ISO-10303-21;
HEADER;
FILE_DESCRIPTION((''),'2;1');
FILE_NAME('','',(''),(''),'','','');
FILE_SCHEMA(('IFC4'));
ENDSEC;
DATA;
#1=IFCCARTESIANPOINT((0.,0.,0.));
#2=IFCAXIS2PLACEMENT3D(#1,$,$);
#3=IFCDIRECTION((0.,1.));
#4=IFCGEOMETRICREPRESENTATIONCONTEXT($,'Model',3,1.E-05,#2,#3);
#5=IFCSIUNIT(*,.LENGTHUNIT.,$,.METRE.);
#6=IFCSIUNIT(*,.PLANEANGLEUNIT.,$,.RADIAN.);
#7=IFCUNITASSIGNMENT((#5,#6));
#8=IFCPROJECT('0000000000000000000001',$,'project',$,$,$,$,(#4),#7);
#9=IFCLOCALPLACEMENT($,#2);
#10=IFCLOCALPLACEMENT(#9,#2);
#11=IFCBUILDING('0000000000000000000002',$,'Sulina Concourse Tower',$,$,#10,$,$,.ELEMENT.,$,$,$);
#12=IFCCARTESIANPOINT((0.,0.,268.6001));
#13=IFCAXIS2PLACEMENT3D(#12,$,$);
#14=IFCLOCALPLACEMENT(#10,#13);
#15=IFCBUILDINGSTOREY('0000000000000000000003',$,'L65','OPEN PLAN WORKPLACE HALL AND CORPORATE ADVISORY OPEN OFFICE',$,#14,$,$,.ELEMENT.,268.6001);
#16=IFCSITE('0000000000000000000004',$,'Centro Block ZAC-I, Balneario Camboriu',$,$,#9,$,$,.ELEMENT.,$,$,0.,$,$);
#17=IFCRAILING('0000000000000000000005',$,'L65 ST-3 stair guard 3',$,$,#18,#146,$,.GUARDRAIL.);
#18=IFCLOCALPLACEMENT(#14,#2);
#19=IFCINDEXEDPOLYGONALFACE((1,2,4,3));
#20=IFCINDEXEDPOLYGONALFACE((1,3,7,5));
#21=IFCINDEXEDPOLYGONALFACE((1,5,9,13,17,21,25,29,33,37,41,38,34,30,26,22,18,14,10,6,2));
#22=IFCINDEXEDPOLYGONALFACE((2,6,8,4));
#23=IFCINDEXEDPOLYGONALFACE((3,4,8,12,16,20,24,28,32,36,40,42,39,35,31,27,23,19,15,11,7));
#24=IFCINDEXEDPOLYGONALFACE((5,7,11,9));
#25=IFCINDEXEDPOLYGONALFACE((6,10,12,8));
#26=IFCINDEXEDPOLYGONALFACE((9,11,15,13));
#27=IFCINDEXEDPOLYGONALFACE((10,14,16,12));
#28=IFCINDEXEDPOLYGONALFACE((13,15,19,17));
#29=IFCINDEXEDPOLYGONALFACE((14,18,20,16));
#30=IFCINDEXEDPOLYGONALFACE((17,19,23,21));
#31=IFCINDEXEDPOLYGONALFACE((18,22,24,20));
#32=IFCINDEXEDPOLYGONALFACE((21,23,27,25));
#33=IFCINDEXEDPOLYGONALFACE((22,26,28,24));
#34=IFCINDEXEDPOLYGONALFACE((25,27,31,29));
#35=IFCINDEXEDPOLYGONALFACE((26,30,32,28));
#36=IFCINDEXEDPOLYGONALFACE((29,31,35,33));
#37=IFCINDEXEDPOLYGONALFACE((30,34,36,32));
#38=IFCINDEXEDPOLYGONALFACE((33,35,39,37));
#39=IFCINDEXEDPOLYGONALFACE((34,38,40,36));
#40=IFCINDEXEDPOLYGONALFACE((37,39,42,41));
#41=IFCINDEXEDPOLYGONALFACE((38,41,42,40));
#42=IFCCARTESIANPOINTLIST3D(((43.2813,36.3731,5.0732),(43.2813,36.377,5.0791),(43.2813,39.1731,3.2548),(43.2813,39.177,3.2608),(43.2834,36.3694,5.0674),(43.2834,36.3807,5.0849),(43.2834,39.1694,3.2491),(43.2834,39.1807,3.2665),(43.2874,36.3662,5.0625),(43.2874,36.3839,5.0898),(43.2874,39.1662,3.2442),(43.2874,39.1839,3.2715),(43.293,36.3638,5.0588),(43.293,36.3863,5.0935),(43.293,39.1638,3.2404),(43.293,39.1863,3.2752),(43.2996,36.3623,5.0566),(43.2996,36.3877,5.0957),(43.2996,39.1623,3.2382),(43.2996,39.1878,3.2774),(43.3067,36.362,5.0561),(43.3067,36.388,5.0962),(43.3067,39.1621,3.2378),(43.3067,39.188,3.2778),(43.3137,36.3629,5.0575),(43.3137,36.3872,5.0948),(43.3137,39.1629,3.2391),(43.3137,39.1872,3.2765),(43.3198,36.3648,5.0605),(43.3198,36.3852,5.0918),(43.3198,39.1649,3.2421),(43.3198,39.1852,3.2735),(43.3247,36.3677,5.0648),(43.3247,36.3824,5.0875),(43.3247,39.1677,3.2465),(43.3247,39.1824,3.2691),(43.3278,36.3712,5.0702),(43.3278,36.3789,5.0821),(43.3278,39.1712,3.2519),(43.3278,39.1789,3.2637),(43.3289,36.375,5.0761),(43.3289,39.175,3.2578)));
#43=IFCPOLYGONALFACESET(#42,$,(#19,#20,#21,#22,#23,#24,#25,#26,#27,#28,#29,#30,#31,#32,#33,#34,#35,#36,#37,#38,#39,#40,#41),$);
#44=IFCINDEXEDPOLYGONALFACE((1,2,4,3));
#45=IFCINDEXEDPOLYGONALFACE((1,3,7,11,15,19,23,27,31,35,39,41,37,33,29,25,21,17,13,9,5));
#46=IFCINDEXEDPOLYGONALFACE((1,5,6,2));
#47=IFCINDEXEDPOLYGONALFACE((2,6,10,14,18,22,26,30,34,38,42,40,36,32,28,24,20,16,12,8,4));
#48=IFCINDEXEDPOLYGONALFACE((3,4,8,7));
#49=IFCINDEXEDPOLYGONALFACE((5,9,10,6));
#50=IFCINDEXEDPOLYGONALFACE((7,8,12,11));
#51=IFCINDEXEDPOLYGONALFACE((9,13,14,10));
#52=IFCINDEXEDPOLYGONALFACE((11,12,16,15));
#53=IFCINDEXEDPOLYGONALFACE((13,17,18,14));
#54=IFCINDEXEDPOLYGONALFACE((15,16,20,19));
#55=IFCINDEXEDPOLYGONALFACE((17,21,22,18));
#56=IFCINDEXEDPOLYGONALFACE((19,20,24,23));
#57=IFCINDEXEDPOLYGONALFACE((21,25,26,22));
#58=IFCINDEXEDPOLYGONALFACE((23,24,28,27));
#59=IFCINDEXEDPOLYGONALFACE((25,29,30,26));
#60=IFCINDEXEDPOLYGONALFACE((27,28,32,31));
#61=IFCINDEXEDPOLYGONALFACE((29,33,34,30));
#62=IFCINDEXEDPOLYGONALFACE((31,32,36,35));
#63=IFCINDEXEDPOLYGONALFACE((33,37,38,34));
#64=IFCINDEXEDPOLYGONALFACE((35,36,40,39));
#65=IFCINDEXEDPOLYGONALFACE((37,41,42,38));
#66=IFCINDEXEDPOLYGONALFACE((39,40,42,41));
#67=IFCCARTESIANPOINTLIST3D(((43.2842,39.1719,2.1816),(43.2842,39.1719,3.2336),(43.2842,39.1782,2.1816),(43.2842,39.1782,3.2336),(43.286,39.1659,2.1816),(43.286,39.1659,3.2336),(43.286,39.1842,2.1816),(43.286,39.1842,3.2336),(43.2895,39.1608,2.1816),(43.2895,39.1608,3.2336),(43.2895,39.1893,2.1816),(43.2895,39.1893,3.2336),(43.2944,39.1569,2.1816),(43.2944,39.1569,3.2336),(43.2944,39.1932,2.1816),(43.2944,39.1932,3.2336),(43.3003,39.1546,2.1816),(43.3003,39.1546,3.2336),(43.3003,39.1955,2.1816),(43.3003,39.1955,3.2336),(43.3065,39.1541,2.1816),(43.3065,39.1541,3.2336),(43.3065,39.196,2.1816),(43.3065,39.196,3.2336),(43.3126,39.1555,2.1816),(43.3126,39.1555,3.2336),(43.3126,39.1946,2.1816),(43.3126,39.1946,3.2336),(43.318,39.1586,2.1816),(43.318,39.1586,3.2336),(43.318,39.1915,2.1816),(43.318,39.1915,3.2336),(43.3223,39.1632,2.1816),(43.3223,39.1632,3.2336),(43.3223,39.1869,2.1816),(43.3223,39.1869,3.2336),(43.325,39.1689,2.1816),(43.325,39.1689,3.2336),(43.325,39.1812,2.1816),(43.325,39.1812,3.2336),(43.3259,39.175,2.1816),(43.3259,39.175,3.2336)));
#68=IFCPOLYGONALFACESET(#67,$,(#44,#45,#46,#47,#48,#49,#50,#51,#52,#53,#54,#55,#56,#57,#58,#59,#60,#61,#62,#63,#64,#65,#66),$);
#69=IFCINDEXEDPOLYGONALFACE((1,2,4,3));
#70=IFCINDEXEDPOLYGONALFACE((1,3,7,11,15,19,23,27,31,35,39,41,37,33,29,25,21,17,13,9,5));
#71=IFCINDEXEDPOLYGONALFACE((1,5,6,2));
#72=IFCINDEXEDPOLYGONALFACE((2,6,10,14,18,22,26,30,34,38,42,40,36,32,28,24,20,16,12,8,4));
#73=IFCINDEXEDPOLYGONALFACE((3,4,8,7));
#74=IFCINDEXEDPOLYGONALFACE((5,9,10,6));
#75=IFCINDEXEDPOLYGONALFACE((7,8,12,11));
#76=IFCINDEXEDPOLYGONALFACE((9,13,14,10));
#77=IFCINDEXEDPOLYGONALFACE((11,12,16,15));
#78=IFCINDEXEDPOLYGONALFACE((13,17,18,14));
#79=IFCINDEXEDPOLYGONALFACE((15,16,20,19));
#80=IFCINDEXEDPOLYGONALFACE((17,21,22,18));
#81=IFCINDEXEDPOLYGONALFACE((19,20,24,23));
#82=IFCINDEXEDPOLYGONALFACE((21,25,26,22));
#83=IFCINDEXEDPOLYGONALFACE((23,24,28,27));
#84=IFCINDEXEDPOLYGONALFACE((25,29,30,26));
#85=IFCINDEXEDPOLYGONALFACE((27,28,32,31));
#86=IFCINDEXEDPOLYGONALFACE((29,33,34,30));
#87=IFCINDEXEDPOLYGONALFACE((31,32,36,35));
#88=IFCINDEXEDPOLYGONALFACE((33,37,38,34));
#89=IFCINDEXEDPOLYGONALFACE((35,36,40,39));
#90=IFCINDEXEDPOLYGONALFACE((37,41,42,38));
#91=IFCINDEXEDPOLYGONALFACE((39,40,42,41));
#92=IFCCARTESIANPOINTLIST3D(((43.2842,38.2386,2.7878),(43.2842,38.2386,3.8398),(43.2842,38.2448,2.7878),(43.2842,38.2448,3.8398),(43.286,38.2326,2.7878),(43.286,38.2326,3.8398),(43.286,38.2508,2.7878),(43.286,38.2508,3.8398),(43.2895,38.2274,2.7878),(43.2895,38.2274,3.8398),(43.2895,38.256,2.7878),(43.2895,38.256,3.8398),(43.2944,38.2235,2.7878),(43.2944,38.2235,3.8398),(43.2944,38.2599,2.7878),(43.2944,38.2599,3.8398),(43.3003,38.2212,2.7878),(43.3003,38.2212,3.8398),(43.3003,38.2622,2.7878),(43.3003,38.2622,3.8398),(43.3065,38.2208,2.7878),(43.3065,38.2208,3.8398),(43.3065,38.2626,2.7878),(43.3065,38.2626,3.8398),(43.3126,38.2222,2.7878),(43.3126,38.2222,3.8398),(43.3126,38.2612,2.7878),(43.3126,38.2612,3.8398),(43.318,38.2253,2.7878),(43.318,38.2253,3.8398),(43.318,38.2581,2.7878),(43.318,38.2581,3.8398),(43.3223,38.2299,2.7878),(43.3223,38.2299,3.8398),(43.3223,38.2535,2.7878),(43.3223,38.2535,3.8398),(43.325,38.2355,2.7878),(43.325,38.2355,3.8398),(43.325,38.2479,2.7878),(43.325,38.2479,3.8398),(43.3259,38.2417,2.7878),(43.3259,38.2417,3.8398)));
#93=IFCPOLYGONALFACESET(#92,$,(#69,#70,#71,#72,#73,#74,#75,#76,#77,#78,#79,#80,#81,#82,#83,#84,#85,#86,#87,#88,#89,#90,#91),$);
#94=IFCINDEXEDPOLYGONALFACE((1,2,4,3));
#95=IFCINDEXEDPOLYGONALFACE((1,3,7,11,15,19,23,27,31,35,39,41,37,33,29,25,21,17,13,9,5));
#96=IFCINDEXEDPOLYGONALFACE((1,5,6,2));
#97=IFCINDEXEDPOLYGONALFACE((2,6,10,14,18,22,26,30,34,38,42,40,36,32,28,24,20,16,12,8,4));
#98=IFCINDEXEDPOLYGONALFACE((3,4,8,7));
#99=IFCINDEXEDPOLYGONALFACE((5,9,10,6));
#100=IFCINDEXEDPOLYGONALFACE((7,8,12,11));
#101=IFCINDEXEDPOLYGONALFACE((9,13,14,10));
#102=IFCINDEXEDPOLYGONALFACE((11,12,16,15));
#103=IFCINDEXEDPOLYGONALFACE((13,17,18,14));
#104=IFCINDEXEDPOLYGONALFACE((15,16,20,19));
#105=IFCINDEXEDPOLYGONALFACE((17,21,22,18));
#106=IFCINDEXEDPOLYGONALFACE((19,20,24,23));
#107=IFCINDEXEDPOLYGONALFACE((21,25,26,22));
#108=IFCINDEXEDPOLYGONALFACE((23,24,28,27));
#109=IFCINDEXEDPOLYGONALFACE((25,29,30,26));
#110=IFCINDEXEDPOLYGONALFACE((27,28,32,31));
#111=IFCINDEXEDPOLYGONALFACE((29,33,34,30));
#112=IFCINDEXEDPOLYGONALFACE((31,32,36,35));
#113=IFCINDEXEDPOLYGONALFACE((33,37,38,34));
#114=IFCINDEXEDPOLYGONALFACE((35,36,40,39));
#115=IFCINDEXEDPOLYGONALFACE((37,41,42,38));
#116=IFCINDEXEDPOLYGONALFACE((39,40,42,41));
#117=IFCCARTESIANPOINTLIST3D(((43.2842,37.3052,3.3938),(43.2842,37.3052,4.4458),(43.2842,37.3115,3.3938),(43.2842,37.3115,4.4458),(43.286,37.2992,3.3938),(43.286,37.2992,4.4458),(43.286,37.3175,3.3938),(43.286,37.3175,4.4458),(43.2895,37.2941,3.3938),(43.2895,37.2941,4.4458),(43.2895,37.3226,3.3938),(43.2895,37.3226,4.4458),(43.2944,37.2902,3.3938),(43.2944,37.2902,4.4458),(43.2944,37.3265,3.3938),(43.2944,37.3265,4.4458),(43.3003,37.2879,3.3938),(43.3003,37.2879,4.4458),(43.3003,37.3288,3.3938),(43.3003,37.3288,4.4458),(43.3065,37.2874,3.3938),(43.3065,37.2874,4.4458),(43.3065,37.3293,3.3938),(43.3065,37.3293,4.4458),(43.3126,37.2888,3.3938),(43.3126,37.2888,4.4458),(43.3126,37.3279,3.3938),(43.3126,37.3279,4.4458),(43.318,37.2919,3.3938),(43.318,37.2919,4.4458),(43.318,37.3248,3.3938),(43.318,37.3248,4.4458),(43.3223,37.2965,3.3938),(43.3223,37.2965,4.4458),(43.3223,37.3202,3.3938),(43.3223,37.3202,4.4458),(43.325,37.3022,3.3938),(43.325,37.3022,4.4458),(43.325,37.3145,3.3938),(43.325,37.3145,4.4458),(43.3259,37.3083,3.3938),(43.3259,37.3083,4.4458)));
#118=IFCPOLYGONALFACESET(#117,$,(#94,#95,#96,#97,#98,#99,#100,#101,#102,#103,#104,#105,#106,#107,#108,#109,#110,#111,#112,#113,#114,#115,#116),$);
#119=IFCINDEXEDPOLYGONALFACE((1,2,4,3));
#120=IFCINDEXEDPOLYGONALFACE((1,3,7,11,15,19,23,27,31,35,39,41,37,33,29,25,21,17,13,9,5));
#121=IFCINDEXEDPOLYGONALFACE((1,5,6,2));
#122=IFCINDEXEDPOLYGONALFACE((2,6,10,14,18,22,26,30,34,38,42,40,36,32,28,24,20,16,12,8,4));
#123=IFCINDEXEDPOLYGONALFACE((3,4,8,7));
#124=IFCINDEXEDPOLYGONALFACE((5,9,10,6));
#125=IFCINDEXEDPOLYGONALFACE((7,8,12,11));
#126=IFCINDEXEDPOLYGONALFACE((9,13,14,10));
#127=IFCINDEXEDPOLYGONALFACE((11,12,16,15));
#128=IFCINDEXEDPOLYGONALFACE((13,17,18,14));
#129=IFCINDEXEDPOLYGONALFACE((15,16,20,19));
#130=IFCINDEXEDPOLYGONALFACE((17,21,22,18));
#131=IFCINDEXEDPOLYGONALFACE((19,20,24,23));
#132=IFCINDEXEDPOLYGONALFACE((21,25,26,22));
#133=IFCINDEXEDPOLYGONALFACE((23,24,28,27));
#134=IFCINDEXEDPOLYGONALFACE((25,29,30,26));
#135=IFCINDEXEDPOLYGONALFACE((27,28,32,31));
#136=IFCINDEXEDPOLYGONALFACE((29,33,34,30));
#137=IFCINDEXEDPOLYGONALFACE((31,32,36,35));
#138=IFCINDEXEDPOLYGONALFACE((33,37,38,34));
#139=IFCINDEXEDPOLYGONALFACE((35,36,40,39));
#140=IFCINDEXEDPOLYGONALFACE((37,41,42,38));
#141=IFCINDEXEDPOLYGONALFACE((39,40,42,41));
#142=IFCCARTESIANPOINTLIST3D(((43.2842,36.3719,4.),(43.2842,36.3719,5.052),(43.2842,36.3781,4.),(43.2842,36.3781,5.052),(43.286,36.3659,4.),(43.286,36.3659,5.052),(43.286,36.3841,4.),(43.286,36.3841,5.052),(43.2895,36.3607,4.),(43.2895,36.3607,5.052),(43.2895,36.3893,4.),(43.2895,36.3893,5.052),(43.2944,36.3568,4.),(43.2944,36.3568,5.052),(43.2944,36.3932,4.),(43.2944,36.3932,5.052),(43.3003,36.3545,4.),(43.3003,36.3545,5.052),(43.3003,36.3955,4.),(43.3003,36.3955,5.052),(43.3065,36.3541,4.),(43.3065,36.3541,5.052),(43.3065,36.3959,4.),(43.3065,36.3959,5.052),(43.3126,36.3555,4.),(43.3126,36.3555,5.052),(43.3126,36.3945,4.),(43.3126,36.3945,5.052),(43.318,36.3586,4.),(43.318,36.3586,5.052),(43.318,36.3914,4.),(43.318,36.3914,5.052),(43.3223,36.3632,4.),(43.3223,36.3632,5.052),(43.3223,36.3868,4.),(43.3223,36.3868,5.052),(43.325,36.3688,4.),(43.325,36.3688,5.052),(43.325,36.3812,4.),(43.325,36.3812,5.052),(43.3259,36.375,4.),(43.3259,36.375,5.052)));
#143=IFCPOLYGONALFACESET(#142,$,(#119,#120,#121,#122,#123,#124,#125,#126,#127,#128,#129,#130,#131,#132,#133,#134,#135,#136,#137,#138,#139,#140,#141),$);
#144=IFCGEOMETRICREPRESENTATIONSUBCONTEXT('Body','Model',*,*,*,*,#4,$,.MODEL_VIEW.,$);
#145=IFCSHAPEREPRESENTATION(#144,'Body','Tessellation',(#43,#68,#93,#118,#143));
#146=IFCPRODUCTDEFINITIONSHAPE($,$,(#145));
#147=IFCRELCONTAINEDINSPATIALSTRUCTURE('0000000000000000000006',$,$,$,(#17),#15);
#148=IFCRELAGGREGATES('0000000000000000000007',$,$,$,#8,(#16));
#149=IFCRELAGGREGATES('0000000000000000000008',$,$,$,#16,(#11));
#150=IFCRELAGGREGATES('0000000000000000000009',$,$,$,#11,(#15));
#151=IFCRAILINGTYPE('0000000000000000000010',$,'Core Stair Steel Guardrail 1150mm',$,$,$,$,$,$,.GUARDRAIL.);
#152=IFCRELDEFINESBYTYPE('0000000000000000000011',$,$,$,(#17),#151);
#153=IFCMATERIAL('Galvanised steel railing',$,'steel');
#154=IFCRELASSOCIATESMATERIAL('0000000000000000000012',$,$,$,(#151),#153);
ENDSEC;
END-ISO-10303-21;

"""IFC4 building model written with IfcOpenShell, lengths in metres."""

from ifc_helpers import new_model, si_unit, direction, frame, origin, origin_2d, place, context, subcontext, project, spatial, circle, extrude, material, type_object, element, save


model = new_model("IFC4")

# Units and contexts
model_context = context("Model", 3, precision=1e-05, world=origin(), true_north=direction((0.0, 1.0)))
body_context = subcontext(model_context, "Body", "Model", "MODEL_VIEW")
ifc_project = project(units=[si_unit("LENGTHUNIT", "METRE"), si_unit("PLANEANGLEUNIT", "RADIAN")], contexts=[model_context])

# Site, building, storey
site_placement = place(None, origin())
site = spatial("IfcSite", under=ifc_project, at=site_placement, Name="Centro Block ZAC-I, Balneario Camboriu", CompositionType="ELEMENT", RefElevation=0.0)
building_placement = place(site_placement, origin())
building = spatial("IfcBuilding", under=site, at=building_placement, Name="Sulina Concourse Tower", CompositionType="ELEMENT")
storey_placement = place(building_placement, frame((0.0, 0.0, 268.6001)))
storey = spatial("IfcBuildingStorey", under=building, at=storey_placement, Name="L65", Description="OPEN PLAN WORKPLACE HALL AND CORPORATE ADVISORY OPEN OFFICE", CompositionType="ELEMENT", Elevation=268.6001)

# Railing
ifc_material_1 = material(Name="Galvanised steel railing", Category="steel")
railing_type_1 = type_object("IfcRailingType", Name="Core Stair Steel Guardrail 1150mm", PredefinedType="GUARDRAIL", material=ifc_material_1)
railing_1_placement = place(storey_placement, frame((43.3049, 39.175, 2.1816)))
element("IfcRailing", 1, at=railing_1_placement, inside=storey, type_object=railing_type_1, Name="L65 ST-3 stair guard 3", PredefinedType="GUARDRAIL", context=body_context, shape_type="SweptSolid", body=[
    extrude(circle(Radius=0.0239, at=origin_2d()), frame((0.0, 0.0, 1.0762), z_axis=(0.0, -0.838672, 0.544636), x_axis=(1.0, 0.0, 0.0)), (0.0, 0.0, 1.0), 3.3386),
    extrude(circle(Radius=0.021, at=origin_2d()), origin(), (0.0, 0.0, 1.0), 1.052),
    extrude(circle(Radius=0.021, at=origin_2d()), frame((0.0, -0.9333, 0.6062)), (0.0, 0.0, 1.0), 1.052),
    extrude(circle(Radius=0.021, at=origin_2d()), frame((0.0, -1.8667, 1.2122)), (0.0, 0.0, 1.0), 1.052),
    extrude(circle(Radius=0.021, at=origin_2d()), frame((0.0, -2.8, 1.8184)), (0.0, 0.0, 1.0), 1.052),
])

save(model, "model.ifc")
